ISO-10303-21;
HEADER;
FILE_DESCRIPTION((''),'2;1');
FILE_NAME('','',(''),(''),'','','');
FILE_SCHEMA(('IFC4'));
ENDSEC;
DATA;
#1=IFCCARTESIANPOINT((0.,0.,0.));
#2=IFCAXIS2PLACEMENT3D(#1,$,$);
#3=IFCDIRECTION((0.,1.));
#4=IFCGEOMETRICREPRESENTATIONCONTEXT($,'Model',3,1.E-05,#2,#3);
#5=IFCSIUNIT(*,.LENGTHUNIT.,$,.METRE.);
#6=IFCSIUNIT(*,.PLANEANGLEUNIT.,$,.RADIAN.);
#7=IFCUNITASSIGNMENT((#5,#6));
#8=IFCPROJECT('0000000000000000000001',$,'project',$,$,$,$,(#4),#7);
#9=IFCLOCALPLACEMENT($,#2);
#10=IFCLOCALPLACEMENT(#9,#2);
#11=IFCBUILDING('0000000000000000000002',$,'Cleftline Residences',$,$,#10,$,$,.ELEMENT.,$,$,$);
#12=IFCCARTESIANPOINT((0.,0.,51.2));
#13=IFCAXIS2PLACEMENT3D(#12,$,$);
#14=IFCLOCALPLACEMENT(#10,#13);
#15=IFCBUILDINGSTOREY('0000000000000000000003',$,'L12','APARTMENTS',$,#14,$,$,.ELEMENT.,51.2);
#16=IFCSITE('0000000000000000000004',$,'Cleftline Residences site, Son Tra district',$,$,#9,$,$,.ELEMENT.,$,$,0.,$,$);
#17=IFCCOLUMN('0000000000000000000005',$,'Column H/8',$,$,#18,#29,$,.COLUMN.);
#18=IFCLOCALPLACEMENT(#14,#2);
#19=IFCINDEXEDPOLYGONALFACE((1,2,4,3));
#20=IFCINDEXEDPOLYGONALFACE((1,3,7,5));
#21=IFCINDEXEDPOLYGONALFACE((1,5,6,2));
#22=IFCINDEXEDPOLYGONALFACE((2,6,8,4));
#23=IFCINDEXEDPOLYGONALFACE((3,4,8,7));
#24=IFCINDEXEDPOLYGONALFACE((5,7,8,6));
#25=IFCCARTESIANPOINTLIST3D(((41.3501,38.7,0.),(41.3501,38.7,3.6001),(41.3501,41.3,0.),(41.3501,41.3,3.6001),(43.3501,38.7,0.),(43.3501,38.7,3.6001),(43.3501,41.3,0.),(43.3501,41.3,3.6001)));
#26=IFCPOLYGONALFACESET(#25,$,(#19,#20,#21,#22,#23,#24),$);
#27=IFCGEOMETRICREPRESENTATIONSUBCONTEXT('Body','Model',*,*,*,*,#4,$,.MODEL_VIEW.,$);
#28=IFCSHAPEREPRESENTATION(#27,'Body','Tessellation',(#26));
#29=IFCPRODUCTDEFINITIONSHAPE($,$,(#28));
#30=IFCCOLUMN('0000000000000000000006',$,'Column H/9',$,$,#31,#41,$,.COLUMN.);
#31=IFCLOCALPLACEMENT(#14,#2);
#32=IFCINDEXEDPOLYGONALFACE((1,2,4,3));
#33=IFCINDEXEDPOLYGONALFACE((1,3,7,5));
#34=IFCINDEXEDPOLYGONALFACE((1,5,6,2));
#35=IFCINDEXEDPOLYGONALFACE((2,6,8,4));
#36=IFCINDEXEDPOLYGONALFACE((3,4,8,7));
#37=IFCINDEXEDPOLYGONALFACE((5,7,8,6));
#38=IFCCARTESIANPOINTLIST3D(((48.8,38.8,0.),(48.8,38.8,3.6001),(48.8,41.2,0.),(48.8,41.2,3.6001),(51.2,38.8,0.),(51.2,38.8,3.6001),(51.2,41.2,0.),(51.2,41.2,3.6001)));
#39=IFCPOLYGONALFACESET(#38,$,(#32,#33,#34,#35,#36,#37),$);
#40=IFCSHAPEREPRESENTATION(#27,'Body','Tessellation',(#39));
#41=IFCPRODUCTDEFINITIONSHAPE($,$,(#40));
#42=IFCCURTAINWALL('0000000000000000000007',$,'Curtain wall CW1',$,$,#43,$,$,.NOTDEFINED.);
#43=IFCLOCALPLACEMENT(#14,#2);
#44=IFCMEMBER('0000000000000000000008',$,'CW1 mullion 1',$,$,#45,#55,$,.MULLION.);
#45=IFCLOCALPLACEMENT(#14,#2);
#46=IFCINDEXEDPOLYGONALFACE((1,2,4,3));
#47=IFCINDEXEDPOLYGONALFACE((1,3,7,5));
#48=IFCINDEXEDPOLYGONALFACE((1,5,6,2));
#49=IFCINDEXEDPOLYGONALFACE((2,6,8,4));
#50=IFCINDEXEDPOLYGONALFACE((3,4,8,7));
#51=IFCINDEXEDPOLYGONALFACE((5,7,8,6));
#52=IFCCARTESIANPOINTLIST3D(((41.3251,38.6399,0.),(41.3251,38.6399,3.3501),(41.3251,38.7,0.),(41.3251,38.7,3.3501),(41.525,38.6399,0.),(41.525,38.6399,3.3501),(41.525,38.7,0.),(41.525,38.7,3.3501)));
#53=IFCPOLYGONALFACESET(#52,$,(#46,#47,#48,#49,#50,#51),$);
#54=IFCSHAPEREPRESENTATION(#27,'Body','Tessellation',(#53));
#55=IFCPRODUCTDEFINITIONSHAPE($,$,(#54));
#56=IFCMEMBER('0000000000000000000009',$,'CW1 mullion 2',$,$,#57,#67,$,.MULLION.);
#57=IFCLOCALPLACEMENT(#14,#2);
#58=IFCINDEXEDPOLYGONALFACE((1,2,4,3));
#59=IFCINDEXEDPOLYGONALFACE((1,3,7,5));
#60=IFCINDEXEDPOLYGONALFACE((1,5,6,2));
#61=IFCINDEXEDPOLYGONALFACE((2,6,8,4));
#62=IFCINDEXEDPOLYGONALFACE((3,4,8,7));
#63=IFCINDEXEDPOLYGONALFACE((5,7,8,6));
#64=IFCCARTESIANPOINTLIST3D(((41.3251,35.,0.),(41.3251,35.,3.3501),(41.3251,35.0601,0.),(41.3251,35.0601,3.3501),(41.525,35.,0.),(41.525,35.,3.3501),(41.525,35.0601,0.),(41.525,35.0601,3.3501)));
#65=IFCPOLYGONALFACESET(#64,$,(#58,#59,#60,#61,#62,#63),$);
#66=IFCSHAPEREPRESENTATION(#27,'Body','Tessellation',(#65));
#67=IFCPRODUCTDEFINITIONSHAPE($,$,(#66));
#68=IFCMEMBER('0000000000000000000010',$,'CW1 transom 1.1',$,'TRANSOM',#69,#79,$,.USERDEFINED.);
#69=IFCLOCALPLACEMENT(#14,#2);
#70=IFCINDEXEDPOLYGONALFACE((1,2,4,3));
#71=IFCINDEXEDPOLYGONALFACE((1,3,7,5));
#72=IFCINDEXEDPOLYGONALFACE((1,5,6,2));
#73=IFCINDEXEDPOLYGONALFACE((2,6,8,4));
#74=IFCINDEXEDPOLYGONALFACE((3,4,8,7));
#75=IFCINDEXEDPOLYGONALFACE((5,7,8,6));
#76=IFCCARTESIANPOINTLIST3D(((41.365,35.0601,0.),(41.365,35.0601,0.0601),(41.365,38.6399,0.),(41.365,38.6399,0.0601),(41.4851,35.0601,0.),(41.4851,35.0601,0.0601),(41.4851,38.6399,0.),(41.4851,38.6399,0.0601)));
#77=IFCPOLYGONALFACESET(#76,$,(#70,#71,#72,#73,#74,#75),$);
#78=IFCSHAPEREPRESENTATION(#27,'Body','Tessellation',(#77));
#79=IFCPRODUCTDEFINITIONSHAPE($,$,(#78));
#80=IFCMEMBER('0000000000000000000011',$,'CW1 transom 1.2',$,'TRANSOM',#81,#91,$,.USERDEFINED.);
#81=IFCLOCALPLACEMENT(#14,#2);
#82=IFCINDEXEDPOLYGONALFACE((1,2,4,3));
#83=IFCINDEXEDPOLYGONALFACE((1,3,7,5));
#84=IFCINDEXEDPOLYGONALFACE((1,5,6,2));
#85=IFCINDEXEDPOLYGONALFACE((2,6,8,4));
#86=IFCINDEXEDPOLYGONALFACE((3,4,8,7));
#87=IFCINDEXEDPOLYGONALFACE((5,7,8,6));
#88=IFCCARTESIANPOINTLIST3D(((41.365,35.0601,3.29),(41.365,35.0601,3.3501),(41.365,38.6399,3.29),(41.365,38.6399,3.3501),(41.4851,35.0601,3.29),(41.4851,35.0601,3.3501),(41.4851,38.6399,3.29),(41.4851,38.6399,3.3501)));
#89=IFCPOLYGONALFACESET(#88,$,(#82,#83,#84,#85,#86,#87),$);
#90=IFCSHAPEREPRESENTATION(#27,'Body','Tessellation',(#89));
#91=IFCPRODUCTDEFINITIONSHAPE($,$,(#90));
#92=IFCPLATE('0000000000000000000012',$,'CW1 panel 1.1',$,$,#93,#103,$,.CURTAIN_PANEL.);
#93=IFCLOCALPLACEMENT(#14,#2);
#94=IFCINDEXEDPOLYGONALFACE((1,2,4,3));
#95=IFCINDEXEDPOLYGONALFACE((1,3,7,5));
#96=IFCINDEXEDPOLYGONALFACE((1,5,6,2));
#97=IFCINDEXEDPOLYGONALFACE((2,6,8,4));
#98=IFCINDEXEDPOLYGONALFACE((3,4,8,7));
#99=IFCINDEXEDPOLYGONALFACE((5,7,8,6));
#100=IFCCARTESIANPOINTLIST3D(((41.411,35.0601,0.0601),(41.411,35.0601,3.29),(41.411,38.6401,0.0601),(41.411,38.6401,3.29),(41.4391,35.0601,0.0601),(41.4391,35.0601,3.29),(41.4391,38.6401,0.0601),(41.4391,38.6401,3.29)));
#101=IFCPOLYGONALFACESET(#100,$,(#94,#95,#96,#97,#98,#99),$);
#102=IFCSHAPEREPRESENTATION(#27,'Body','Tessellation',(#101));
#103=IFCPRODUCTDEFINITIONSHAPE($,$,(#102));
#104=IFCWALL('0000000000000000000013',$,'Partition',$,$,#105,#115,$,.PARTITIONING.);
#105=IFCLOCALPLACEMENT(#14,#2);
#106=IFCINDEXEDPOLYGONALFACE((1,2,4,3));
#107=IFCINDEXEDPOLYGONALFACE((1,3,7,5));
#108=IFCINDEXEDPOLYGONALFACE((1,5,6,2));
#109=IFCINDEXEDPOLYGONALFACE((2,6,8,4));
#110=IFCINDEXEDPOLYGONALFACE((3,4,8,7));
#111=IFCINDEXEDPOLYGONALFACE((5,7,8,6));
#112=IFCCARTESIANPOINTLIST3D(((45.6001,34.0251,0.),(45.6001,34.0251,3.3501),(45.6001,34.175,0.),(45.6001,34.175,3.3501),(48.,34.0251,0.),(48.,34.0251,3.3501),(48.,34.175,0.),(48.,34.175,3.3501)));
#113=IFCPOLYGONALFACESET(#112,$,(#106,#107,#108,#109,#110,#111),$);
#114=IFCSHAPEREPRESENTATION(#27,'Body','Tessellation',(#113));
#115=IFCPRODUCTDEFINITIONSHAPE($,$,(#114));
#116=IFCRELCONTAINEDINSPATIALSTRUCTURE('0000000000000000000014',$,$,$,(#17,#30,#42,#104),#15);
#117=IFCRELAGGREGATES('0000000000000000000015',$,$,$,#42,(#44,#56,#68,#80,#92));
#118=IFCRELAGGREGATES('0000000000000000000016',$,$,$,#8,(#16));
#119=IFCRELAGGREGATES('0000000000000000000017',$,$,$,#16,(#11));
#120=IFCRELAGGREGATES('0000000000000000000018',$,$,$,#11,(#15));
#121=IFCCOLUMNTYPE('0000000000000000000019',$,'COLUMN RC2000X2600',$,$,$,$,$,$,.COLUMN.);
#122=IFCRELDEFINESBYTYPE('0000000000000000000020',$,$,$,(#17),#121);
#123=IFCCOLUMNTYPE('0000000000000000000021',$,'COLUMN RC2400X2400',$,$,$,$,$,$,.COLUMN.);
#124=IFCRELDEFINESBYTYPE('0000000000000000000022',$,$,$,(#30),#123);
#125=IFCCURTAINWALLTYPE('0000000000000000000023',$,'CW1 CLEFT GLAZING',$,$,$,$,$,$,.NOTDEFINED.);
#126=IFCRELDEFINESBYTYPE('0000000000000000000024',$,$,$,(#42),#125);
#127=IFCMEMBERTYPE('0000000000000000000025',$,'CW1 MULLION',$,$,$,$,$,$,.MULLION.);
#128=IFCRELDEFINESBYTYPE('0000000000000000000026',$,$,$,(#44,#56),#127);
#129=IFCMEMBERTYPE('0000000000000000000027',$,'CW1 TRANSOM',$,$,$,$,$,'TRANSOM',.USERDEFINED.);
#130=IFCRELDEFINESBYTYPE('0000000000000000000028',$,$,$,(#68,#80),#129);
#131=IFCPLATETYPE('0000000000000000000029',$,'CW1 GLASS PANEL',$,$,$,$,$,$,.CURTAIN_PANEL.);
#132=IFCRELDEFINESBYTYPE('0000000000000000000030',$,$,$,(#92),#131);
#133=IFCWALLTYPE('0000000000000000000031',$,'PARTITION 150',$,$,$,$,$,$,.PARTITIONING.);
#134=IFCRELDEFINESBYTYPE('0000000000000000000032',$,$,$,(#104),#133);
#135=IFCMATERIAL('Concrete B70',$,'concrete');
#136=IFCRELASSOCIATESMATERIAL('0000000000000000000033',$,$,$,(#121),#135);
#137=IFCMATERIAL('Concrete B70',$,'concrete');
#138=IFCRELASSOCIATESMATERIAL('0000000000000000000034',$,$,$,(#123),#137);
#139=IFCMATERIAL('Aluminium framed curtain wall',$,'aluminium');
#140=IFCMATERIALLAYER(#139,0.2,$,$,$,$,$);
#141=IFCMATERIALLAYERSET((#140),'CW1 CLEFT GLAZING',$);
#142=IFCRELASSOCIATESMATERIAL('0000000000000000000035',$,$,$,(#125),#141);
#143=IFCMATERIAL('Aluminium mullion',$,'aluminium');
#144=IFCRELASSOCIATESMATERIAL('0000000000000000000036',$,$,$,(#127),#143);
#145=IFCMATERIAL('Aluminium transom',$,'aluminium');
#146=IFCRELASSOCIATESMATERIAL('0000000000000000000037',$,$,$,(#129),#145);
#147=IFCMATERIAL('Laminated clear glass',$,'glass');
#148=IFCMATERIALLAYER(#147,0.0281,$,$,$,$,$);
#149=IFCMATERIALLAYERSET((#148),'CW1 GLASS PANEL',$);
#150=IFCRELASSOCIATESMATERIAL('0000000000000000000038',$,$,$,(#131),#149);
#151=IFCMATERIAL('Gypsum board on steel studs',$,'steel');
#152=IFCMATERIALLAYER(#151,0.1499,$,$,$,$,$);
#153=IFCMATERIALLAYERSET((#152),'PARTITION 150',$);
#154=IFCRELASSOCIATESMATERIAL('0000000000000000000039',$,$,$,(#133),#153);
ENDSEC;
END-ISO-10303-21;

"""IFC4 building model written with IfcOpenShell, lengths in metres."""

from ifc_helpers import new_model, si_unit, direction, frame, frame_2d, origin, origin_2d, place, context, subcontext, project, spatial, rectangle, extrude, material, layer, layer_set, material_profile, profile_set, type_object, element, aggregate, save


model = new_model("IFC4")

# Units and contexts
model_context = context("Model", 3, precision=1e-05, world=origin(), true_north=direction((0.0, 1.0)))
body_context = subcontext(model_context, "Body", "Model", "MODEL_VIEW")
ifc_project = project(units=[si_unit("LENGTHUNIT", "METRE"), si_unit("PLANEANGLEUNIT", "RADIAN")], contexts=[model_context])

# Site, building, storey
site_placement = place(None, origin())
site = spatial("IfcSite", under=ifc_project, at=site_placement, Name="Cleftline Residences site, Son Tra district", CompositionType="ELEMENT", RefElevation=0.0)
building_placement = place(site_placement, origin())
building = spatial("IfcBuilding", under=site, at=building_placement, Name="Cleftline Residences", CompositionType="ELEMENT")
storey_placement = place(building_placement, frame((0.0, 0.0, 51.2)))
storey = spatial("IfcBuildingStorey", under=building, at=storey_placement, Name="L12", Description="APARTMENTS", CompositionType="ELEMENT", Elevation=51.2)

# Columns
ifc_material_1 = material(Name="Concrete B70", Category="concrete")
ifc_material_profile_1 = material_profile(ifc_material_1, rectangle(XDim=2.0, YDim=2.6001, at=origin_2d()))
ifc_profile_set_1 = profile_set([ifc_material_profile_1], Name="Concrete B70")
column_type_1 = type_object("IfcColumnType", Name="COLUMN RC2000X2600", PredefinedType="COLUMN", material=ifc_profile_set_1)
column_1_placement = place(storey_placement, frame((42.3501, 40.0, 0.0), z_axis=(0.0, 0.0, 1.0), x_axis=(1.0, 0.0, 0.0)))
element("IfcColumn", 1, at=column_1_placement, inside=storey, type_object=column_type_1, Name="Column H/8", PredefinedType="COLUMN", context=body_context, shape_type="SweptSolid", body=[
    extrude(rectangle(XDim=2.0, YDim=2.6001, at=origin_2d()), origin(), (0.0, 0.0, 1.0), 3.6001),
])
ifc_material_2 = material(Name="Concrete B70", Category="concrete")
ifc_material_profile_2 = material_profile(ifc_material_2, rectangle(XDim=2.3999, YDim=2.3999, at=origin_2d()))
ifc_profile_set_2 = profile_set([ifc_material_profile_2], Name="Concrete B70")
column_type_2 = type_object("IfcColumnType", Name="COLUMN RC2400X2400", PredefinedType="COLUMN", material=ifc_profile_set_2)
column_2_placement = place(storey_placement, frame((50.0, 40.0, 0.0), z_axis=(0.0, 0.0, 1.0), x_axis=(1.0, 0.0, 0.0)))
element("IfcColumn", 2, at=column_2_placement, inside=storey, type_object=column_type_2, Name="Column H/9", PredefinedType="COLUMN", context=body_context, shape_type="SweptSolid", body=[
    extrude(rectangle(XDim=2.3999, YDim=2.3999, at=origin_2d()), origin(), (0.0, 0.0, 1.0), 3.6001),
])

# Curtain wall, members, plate
ifc_material_3 = material(Name="Aluminium framed curtain wall", Category="aluminium")
ifc_layer_1 = layer(ifc_material_3, 0.2)
ifc_layer_set_1 = layer_set([ifc_layer_1], Name="CW1 CLEFT GLAZING")
curtain_wall_type = type_object("IfcCurtainWallType", Name="CW1 CLEFT GLAZING", PredefinedType="NOTDEFINED", material=ifc_layer_set_1)
curtain_wall_placement = place(storey_placement, origin())
curtain_wall = element("IfcCurtainWall", 3, at=curtain_wall_placement, inside=storey, type_object=curtain_wall_type, Name="Curtain wall CW1", PredefinedType="NOTDEFINED")
ifc_material_4 = material(Name="Aluminium mullion", Category="aluminium")
ifc_material_profile_3 = material_profile(ifc_material_4, rectangle(XDim=0.2, YDim=0.0601, at=origin_2d()))
ifc_profile_set_3 = profile_set([ifc_material_profile_3], Name="Aluminium mullion")
member_type_1 = type_object("IfcMemberType", Name="CW1 MULLION", PredefinedType="MULLION", material=ifc_profile_set_3)
member_1_placement = place(storey_placement, frame((41.425, 38.6699, 0.0), z_axis=(0.0, 0.0, 1.0), x_axis=(1.0, 0.0, 0.0)))
member_1 = element("IfcMember", 4, at=member_1_placement, type_object=member_type_1, Name="CW1 mullion 1", PredefinedType="MULLION", context=body_context, shape_type="SweptSolid", body=[
    extrude(rectangle(XDim=0.2, YDim=0.0601, at=origin_2d()), origin(), (0.0, 0.0, 1.0), 3.3501),
])
member_2_placement = place(storey_placement, frame((41.425, 35.03, 0.0), z_axis=(0.0, 0.0, 1.0), x_axis=(1.0, 0.0, 0.0)))
member_2 = element("IfcMember", 5, at=member_2_placement, type_object=member_type_1, Name="CW1 mullion 2", PredefinedType="MULLION", context=body_context, shape_type="SweptSolid", body=[
    extrude(rectangle(XDim=0.2, YDim=0.0601, at=origin_2d()), origin(), (0.0, 0.0, 1.0), 3.3501),
])
ifc_material_5 = material(Name="Aluminium transom", Category="aluminium")
ifc_material_profile_4 = material_profile(ifc_material_5, rectangle(XDim=0.1201, YDim=0.0601, at=origin_2d()))
ifc_profile_set_4 = profile_set([ifc_material_profile_4], Name="Aluminium transom")
member_type_2 = type_object("IfcMemberType", Name="CW1 TRANSOM", ElementType="TRANSOM", PredefinedType="USERDEFINED", material=ifc_profile_set_4)
member_3_placement = place(storey_placement, frame((41.425, 38.6399, 0.03), z_axis=(0.0, -1.0, 0.0), x_axis=(1.0, 0.0, 0.0)))
member_3 = element("IfcMember", 6, at=member_3_placement, type_object=member_type_2, Name="CW1 transom 1.1", ObjectType="TRANSOM", PredefinedType="USERDEFINED", context=body_context, shape_type="SweptSolid", body=[
    extrude(rectangle(XDim=0.1201, YDim=0.0601, at=origin_2d()), origin(), (0.0, 0.0, 1.0), 3.5798),
])
member_4_placement = place(storey_placement, frame((41.425, 38.6399, 3.3201), z_axis=(0.0, -1.0, 0.0), x_axis=(1.0, 0.0, 0.0)))
member_4 = element("IfcMember", 7, at=member_4_placement, type_object=member_type_2, Name="CW1 transom 1.2", ObjectType="TRANSOM", PredefinedType="USERDEFINED", context=body_context, shape_type="SweptSolid", body=[
    extrude(rectangle(XDim=0.1201, YDim=0.0601, at=origin_2d()), origin(), (0.0, 0.0, 1.0), 3.5798),
])
ifc_material_6 = material(Name="Laminated clear glass", Category="glass")
ifc_layer_2 = layer(ifc_material_6, 0.0281)
ifc_layer_set_2 = layer_set([ifc_layer_2], Name="CW1 GLASS PANEL")
plate_type = type_object("IfcPlateType", Name="CW1 GLASS PANEL", PredefinedType="CURTAIN_PANEL", material=ifc_layer_set_2)
plate_placement = place(storey_placement, frame((41.425, 36.8501, 0.0601), z_axis=(0.0, 0.0, 1.0), x_axis=(0.0, -1.0, 0.0)))
plate = element("IfcPlate", 8, at=plate_placement, type_object=plate_type, Name="CW1 panel 1.1", PredefinedType="CURTAIN_PANEL", context=body_context, shape_type="SweptSolid", body=[
    extrude(rectangle(XDim=3.5801, YDim=0.0281, at=origin_2d()), origin(), (0.0, 0.0, 1.0), 3.23),
])
aggregate(curtain_wall, [member_1, member_2, member_3, member_4, plate])

# Wall
ifc_material_7 = material(Name="Gypsum board on steel studs", Category="steel")
ifc_layer_3 = layer(ifc_material_7, 0.1499)
ifc_layer_set_3 = layer_set([ifc_layer_3], Name="PARTITION 150")
wall_type = type_object("IfcWallType", Name="PARTITION 150", PredefinedType="PARTITIONING", material=ifc_layer_set_3)
wall_1_placement = place(storey_placement, frame((45.6001, 34.1001, 0.0), z_axis=(0.0, 0.0, 1.0), x_axis=(1.0, 0.0, 0.0)))
element("IfcWall", 9, at=wall_1_placement, inside=storey, type_object=wall_type, Name="Partition", PredefinedType="PARTITIONING", context=body_context, shape_type="SweptSolid", body=[
    extrude(rectangle(XDim=2.3999, YDim=0.1499, at=frame_2d((1.2, 0.0))), origin(), (0.0, 0.0, 1.0), 3.3501),
])

save(model, "model.ifc")
